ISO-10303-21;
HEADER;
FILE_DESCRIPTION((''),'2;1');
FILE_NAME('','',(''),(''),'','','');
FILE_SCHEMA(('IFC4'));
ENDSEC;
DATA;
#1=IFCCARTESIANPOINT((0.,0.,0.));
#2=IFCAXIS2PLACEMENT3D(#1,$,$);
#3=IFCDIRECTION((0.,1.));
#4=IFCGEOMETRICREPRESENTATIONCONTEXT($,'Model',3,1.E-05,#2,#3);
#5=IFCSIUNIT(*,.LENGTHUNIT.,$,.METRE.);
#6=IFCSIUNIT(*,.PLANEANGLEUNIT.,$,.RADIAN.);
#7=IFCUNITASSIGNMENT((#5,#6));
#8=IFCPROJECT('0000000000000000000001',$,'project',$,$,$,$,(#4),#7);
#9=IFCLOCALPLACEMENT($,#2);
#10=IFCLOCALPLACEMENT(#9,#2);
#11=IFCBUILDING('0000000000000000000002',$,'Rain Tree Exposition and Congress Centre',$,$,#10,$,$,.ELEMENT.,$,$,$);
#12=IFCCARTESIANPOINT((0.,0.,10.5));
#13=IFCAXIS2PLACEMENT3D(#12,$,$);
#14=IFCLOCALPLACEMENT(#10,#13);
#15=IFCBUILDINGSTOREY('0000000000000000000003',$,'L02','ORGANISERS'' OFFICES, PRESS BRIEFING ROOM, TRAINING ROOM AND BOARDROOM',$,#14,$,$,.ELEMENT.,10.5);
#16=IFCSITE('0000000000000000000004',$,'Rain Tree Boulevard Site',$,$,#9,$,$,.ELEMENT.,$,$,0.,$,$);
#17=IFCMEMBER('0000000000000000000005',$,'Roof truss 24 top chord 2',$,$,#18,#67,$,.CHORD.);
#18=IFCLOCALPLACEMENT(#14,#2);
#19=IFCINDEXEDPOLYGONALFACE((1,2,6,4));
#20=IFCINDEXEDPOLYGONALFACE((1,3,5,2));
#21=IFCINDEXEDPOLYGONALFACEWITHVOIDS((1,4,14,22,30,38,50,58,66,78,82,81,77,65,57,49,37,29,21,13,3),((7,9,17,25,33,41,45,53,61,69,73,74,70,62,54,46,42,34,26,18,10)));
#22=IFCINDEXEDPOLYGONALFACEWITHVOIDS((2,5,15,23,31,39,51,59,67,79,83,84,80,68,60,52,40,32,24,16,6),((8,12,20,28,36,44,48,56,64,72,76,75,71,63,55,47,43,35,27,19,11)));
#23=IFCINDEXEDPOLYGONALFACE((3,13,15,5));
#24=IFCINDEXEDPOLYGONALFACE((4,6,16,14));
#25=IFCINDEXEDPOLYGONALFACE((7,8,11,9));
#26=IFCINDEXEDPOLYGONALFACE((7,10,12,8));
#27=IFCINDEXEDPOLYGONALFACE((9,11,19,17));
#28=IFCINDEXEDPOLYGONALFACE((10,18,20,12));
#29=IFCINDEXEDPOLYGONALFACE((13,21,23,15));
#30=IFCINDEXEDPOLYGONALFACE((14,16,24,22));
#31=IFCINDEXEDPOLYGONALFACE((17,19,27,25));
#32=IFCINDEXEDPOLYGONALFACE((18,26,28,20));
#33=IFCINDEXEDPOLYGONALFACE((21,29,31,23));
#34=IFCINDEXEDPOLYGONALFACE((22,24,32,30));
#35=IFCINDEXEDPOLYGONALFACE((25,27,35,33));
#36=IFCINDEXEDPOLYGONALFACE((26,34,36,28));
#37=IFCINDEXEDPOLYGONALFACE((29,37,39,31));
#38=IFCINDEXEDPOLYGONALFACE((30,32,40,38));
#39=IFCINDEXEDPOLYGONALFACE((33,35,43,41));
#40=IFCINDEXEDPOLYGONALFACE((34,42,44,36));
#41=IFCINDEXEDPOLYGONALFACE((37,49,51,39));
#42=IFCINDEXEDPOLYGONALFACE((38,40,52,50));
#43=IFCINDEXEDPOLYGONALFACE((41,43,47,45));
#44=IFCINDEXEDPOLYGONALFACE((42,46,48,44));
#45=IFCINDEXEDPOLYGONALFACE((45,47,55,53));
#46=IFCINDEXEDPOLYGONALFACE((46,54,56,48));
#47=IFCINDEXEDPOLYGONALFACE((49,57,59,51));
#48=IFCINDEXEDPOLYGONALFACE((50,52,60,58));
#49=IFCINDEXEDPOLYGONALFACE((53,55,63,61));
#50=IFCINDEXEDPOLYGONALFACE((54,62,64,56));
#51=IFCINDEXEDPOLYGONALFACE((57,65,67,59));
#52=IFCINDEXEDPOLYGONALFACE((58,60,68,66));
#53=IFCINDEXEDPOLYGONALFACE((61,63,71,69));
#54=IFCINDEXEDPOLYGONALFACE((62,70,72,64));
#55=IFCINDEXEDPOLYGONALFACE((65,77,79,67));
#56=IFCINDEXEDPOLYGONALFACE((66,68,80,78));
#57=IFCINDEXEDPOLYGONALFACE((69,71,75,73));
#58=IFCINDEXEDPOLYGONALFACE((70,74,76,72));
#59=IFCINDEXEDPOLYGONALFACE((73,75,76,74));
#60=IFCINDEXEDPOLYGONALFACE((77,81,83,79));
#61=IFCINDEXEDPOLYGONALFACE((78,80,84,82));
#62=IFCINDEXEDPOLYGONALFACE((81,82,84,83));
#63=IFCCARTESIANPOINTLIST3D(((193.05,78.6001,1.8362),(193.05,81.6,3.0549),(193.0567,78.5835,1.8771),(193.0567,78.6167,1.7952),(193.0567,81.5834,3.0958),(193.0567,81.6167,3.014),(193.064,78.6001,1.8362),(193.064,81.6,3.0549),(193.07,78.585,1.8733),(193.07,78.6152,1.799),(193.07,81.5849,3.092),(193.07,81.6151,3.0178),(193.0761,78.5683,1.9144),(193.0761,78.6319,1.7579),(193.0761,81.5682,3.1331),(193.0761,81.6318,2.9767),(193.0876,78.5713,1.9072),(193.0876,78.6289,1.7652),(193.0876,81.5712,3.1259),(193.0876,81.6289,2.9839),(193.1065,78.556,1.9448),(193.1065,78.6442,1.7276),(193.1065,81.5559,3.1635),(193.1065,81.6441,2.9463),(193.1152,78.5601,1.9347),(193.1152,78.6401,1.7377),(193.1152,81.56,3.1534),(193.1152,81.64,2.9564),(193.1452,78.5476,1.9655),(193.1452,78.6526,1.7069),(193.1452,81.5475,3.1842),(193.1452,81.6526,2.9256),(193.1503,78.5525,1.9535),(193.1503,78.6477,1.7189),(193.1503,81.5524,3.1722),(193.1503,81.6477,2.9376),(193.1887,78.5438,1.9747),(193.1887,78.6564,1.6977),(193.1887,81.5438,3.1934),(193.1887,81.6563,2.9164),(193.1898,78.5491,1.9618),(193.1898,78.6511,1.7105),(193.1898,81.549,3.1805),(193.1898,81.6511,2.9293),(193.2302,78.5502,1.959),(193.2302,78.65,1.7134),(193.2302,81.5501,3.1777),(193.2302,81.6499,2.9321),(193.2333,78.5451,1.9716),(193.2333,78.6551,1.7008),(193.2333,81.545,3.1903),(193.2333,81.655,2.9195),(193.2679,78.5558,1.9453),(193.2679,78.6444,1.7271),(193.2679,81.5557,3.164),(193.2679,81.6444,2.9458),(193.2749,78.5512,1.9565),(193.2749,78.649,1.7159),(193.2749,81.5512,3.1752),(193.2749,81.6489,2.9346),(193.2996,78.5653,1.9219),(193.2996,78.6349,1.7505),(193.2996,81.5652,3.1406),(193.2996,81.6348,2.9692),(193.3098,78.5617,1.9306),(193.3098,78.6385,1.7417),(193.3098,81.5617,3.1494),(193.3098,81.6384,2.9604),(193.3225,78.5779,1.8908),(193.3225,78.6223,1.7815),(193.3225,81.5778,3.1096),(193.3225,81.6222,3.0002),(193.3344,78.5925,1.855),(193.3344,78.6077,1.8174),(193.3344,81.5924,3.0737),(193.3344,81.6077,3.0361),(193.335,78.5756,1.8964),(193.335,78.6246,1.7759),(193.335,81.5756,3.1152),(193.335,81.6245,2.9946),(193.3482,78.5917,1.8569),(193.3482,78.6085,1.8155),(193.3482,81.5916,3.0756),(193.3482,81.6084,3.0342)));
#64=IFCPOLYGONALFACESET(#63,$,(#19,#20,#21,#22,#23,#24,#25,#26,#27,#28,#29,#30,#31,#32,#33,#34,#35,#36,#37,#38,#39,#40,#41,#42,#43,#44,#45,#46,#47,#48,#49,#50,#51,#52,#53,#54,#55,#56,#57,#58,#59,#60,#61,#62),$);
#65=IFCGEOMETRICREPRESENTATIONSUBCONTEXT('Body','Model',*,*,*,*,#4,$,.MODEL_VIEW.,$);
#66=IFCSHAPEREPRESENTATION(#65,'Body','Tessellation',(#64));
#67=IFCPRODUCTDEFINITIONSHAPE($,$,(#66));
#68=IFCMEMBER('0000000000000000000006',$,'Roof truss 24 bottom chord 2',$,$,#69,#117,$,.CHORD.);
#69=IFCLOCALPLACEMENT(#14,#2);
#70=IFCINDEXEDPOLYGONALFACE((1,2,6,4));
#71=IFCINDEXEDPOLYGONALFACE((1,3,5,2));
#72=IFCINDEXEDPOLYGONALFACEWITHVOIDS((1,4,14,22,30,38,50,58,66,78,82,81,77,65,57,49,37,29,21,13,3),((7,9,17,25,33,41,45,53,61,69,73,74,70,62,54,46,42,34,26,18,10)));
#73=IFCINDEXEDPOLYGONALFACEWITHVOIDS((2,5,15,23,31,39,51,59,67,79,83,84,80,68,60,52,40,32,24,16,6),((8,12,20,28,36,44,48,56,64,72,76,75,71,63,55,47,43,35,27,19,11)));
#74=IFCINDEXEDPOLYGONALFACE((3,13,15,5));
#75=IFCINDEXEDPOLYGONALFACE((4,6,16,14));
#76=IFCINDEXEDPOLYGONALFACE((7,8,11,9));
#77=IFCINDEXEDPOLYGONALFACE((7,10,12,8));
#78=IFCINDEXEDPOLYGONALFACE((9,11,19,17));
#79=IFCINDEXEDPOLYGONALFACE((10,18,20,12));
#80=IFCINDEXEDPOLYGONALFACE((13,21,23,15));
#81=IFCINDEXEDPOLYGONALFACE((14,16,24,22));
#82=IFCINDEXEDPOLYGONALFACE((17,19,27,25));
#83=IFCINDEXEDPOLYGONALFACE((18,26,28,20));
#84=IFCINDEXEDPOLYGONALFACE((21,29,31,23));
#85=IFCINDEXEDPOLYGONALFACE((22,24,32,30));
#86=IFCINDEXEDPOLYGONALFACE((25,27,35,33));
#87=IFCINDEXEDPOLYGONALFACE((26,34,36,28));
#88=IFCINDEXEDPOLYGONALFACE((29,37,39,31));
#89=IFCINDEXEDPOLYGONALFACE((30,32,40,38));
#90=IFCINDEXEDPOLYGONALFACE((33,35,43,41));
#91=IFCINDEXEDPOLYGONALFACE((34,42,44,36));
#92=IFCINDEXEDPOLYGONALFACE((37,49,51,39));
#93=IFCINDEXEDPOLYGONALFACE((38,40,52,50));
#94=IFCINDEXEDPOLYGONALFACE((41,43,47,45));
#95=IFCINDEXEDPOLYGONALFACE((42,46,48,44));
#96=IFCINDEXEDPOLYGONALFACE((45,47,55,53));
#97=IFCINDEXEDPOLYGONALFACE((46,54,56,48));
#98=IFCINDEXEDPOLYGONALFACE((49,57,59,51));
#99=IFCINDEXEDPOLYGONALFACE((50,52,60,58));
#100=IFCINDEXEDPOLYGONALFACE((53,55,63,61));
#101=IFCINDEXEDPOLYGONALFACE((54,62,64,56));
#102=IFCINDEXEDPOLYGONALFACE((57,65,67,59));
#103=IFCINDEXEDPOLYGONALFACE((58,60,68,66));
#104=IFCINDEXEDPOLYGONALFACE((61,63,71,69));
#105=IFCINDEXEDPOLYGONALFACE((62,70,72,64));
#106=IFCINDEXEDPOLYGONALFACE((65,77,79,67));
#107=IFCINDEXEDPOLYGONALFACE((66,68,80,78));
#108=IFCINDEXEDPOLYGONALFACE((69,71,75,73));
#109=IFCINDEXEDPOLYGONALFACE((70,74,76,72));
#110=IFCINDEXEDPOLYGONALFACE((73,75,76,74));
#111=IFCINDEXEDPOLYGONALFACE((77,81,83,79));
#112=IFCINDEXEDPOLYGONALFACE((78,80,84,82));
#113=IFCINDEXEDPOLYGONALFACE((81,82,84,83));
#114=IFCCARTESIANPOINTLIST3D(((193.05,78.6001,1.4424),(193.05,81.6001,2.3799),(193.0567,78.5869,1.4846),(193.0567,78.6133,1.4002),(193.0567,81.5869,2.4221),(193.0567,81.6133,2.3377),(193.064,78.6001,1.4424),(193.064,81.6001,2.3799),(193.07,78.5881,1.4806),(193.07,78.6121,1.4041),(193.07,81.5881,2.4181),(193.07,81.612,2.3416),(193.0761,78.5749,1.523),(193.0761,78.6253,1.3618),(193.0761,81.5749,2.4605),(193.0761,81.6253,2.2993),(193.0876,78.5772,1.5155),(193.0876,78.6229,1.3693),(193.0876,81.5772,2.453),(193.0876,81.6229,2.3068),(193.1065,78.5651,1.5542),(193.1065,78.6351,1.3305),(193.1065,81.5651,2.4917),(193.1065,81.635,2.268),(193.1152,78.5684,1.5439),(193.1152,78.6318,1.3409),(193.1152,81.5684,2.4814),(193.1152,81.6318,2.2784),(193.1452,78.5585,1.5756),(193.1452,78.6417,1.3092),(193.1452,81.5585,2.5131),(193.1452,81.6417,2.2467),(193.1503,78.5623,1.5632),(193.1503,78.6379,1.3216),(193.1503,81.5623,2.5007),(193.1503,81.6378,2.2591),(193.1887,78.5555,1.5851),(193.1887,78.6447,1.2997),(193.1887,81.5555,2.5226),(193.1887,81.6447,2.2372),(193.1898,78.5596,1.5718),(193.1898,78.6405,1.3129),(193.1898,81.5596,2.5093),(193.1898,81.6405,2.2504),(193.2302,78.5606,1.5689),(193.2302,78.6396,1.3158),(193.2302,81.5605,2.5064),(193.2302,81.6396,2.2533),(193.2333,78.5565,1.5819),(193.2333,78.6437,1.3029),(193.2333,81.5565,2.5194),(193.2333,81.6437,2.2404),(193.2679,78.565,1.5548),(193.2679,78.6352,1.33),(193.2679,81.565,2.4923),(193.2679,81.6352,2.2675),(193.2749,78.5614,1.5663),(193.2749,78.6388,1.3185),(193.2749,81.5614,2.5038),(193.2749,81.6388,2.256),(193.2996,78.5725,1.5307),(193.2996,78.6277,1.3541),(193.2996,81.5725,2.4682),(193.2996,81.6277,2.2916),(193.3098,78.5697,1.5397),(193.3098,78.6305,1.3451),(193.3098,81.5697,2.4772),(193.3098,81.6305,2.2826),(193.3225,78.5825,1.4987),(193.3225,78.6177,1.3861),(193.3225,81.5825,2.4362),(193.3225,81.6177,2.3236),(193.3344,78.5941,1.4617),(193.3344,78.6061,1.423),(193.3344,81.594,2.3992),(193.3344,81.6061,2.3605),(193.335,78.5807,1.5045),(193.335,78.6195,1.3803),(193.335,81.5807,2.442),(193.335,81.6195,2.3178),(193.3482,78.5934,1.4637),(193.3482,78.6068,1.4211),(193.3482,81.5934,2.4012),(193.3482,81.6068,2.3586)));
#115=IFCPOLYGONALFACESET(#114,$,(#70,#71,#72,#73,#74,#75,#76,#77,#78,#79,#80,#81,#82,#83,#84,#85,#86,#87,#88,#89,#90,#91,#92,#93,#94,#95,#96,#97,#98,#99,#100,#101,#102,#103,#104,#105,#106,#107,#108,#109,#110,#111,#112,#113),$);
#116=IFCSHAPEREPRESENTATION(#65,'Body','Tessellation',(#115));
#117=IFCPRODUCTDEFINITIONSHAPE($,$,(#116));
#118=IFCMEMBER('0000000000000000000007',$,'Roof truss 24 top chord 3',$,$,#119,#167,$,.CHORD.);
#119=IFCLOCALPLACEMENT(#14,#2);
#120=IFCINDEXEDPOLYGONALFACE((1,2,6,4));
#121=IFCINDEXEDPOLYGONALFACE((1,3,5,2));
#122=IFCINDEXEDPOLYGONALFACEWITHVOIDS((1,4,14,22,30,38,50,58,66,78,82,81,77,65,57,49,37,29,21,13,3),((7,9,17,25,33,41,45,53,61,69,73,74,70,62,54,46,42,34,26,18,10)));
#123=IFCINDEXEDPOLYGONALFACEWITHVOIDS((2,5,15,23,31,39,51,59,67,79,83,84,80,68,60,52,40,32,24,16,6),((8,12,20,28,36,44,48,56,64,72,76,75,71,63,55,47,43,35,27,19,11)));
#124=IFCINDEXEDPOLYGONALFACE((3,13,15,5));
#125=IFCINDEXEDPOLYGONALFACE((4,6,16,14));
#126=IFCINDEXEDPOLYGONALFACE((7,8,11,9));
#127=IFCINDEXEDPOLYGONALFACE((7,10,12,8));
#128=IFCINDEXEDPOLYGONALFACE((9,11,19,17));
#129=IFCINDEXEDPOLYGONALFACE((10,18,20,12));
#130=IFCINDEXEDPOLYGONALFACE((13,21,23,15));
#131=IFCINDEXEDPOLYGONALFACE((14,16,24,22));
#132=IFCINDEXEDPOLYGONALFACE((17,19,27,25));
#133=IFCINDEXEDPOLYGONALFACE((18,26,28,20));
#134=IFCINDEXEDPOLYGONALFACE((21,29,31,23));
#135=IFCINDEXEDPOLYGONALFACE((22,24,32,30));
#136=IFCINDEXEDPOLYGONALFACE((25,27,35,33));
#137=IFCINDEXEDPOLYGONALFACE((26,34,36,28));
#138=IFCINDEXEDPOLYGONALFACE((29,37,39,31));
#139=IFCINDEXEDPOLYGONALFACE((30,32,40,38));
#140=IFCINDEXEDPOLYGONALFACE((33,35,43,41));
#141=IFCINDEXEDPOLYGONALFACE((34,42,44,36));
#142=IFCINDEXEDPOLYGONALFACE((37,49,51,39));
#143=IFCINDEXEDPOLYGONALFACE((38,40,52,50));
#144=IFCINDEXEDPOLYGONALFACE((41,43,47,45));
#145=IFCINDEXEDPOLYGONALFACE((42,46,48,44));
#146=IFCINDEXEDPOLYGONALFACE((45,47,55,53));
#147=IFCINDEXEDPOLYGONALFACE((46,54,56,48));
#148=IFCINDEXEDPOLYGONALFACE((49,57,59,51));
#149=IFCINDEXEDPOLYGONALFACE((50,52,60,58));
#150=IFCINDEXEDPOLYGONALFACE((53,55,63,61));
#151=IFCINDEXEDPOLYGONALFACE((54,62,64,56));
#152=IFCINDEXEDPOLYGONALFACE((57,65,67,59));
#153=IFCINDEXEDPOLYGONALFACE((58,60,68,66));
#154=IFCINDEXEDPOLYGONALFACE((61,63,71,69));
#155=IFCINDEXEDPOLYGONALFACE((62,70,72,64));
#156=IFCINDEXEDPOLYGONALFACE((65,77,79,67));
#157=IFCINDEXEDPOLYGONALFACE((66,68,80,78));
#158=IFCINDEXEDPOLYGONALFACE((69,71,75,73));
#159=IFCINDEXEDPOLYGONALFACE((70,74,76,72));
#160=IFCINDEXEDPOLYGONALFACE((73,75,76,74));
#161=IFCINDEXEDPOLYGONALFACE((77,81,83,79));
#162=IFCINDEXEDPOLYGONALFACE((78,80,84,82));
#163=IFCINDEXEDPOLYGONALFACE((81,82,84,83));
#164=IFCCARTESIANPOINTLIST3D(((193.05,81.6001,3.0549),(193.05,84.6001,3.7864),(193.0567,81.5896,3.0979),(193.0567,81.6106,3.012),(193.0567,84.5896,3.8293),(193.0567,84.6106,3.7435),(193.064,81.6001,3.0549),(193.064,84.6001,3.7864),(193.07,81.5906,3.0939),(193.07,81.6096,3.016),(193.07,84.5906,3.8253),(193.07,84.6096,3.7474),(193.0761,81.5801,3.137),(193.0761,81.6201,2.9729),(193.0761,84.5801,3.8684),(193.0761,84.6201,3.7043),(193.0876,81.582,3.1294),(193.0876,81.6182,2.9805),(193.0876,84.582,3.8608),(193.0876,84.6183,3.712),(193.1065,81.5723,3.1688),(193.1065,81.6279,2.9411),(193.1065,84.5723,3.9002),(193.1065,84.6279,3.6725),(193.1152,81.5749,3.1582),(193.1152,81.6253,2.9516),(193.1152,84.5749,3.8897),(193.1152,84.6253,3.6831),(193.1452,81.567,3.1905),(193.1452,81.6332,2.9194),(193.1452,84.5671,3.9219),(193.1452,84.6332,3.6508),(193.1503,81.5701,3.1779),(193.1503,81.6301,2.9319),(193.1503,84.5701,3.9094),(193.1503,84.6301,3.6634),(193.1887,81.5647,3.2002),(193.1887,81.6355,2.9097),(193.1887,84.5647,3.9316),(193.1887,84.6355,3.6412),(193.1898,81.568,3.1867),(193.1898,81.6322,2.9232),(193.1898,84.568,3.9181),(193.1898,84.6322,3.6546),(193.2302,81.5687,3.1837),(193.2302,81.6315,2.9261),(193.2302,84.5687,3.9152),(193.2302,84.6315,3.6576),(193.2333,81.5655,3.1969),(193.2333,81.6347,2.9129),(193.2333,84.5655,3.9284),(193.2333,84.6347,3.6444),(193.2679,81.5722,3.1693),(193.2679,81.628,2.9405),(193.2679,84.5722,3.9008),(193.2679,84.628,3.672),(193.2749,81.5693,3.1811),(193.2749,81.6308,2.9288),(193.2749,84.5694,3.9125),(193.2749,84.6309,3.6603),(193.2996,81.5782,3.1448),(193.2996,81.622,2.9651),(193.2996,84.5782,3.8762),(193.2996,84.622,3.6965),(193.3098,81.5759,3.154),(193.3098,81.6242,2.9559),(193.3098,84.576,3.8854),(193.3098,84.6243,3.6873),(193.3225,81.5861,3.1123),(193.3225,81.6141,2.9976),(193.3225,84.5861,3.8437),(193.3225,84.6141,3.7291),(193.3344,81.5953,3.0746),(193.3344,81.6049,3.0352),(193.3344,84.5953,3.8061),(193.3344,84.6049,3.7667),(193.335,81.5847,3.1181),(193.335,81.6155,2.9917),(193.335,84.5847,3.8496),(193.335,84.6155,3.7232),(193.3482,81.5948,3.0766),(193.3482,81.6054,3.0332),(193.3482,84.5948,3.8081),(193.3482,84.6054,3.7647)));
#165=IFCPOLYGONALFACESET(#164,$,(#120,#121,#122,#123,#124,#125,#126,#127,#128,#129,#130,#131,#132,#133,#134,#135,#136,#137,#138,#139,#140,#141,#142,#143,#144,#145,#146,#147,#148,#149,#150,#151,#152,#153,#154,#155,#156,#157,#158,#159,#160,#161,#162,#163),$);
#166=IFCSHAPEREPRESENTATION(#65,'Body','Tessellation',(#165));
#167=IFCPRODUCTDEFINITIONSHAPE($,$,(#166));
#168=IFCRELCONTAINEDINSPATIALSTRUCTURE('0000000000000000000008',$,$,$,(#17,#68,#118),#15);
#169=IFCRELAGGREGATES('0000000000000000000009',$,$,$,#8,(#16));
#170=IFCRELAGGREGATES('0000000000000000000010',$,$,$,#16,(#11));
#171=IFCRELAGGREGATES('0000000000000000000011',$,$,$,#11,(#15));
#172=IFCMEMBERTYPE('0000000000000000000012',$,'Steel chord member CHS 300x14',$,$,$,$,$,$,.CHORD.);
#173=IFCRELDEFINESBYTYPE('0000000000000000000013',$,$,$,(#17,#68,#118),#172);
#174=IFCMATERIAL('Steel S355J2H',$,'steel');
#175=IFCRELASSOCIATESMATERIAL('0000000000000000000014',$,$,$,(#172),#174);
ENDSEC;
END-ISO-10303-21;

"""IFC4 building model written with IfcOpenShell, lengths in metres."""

from ifc_helpers import new_model, si_unit, direction, frame, origin, origin_2d, place, context, subcontext, project, spatial, hollow_circle, extrude, material, material_profile, profile_set, type_object, element, save


model = new_model("IFC4")

# Units and contexts
model_context = context("Model", 3, precision=1e-05, world=origin(), true_north=direction((0.0, 1.0)))
body_context = subcontext(model_context, "Body", "Model", "MODEL_VIEW")
ifc_project = project(units=[si_unit("LENGTHUNIT", "METRE"), si_unit("PLANEANGLEUNIT", "RADIAN")], contexts=[model_context])

# Site, building, storey
site_placement = place(None, origin())
site = spatial("IfcSite", under=ifc_project, at=site_placement, Name="Rain Tree Boulevard Site", CompositionType="ELEMENT", RefElevation=0.0)
building_placement = place(site_placement, origin())
building = spatial("IfcBuilding", under=site, at=building_placement, Name="Rain Tree Exposition and Congress Centre", CompositionType="ELEMENT")
storey_placement = place(building_placement, frame((0.0, 0.0, 10.5)))
storey = spatial("IfcBuildingStorey", under=building, at=storey_placement, Name="L02", Description="ORGANISERS' OFFICES, PRESS BRIEFING ROOM, TRAINING ROOM AND BOARDROOM", CompositionType="ELEMENT", Elevation=10.5)

# Members
ifc_material_1 = material(Name="Steel S355J2H", Category="steel")
ifc_material_profile_1 = material_profile(ifc_material_1, hollow_circle(Radius=0.1499, WallThickness=0.0139, at=origin_2d()), Name="CHS 300x14")
ifc_profile_set_1 = profile_set([ifc_material_profile_1], Name="Steel S355J2H")
member_type_1 = type_object("IfcMemberType", Name="Steel chord member CHS 300x14", PredefinedType="CHORD", material=ifc_profile_set_1)
member_1_placement = place(storey_placement, frame((193.2, 78.6001, 1.8362), z_axis=(0.0, 0.926467, 0.376377), x_axis=(-1.0, 0.0, 0.0)))
element("IfcMember", 1, at=member_1_placement, inside=storey, type_object=member_type_1, Name="Roof truss 24 top chord 2", PredefinedType="CHORD", context=body_context, shape_type="SweptSolid", body=[
    extrude(hollow_circle(Radius=0.1499, WallThickness=0.0139, at=origin_2d()), origin(), (0.0, 0.0, 1.0), 3.238),
])
member_2_placement = place(storey_placement, frame((193.2, 78.6001, 1.4424), z_axis=(0.0, 0.95448, 0.298275), x_axis=(-1.0, 0.0, 0.0)))
element("IfcMember", 2, at=member_2_placement, inside=storey, type_object=member_type_1, Name="Roof truss 24 bottom chord 2", PredefinedType="CHORD", context=body_context, shape_type="SweptSolid", body=[
    extrude(hollow_circle(Radius=0.1499, WallThickness=0.0139, at=origin_2d()), origin(), (0.0, 0.0, 1.0), 3.1431),
])
member_3_placement = place(storey_placement, frame((193.2, 81.6001, 3.0549), z_axis=(0.0, 0.97154, 0.236876), x_axis=(-1.0, 0.0, 0.0)))
element("IfcMember", 3, at=member_3_placement, inside=storey, type_object=member_type_1, Name="Roof truss 24 top chord 3", PredefinedType="CHORD", context=body_context, shape_type="SweptSolid", body=[
    extrude(hollow_circle(Radius=0.1499, WallThickness=0.0139, at=origin_2d()), origin(), (0.0, 0.0, 1.0), 3.0879),
])

save(model, "model.ifc")
